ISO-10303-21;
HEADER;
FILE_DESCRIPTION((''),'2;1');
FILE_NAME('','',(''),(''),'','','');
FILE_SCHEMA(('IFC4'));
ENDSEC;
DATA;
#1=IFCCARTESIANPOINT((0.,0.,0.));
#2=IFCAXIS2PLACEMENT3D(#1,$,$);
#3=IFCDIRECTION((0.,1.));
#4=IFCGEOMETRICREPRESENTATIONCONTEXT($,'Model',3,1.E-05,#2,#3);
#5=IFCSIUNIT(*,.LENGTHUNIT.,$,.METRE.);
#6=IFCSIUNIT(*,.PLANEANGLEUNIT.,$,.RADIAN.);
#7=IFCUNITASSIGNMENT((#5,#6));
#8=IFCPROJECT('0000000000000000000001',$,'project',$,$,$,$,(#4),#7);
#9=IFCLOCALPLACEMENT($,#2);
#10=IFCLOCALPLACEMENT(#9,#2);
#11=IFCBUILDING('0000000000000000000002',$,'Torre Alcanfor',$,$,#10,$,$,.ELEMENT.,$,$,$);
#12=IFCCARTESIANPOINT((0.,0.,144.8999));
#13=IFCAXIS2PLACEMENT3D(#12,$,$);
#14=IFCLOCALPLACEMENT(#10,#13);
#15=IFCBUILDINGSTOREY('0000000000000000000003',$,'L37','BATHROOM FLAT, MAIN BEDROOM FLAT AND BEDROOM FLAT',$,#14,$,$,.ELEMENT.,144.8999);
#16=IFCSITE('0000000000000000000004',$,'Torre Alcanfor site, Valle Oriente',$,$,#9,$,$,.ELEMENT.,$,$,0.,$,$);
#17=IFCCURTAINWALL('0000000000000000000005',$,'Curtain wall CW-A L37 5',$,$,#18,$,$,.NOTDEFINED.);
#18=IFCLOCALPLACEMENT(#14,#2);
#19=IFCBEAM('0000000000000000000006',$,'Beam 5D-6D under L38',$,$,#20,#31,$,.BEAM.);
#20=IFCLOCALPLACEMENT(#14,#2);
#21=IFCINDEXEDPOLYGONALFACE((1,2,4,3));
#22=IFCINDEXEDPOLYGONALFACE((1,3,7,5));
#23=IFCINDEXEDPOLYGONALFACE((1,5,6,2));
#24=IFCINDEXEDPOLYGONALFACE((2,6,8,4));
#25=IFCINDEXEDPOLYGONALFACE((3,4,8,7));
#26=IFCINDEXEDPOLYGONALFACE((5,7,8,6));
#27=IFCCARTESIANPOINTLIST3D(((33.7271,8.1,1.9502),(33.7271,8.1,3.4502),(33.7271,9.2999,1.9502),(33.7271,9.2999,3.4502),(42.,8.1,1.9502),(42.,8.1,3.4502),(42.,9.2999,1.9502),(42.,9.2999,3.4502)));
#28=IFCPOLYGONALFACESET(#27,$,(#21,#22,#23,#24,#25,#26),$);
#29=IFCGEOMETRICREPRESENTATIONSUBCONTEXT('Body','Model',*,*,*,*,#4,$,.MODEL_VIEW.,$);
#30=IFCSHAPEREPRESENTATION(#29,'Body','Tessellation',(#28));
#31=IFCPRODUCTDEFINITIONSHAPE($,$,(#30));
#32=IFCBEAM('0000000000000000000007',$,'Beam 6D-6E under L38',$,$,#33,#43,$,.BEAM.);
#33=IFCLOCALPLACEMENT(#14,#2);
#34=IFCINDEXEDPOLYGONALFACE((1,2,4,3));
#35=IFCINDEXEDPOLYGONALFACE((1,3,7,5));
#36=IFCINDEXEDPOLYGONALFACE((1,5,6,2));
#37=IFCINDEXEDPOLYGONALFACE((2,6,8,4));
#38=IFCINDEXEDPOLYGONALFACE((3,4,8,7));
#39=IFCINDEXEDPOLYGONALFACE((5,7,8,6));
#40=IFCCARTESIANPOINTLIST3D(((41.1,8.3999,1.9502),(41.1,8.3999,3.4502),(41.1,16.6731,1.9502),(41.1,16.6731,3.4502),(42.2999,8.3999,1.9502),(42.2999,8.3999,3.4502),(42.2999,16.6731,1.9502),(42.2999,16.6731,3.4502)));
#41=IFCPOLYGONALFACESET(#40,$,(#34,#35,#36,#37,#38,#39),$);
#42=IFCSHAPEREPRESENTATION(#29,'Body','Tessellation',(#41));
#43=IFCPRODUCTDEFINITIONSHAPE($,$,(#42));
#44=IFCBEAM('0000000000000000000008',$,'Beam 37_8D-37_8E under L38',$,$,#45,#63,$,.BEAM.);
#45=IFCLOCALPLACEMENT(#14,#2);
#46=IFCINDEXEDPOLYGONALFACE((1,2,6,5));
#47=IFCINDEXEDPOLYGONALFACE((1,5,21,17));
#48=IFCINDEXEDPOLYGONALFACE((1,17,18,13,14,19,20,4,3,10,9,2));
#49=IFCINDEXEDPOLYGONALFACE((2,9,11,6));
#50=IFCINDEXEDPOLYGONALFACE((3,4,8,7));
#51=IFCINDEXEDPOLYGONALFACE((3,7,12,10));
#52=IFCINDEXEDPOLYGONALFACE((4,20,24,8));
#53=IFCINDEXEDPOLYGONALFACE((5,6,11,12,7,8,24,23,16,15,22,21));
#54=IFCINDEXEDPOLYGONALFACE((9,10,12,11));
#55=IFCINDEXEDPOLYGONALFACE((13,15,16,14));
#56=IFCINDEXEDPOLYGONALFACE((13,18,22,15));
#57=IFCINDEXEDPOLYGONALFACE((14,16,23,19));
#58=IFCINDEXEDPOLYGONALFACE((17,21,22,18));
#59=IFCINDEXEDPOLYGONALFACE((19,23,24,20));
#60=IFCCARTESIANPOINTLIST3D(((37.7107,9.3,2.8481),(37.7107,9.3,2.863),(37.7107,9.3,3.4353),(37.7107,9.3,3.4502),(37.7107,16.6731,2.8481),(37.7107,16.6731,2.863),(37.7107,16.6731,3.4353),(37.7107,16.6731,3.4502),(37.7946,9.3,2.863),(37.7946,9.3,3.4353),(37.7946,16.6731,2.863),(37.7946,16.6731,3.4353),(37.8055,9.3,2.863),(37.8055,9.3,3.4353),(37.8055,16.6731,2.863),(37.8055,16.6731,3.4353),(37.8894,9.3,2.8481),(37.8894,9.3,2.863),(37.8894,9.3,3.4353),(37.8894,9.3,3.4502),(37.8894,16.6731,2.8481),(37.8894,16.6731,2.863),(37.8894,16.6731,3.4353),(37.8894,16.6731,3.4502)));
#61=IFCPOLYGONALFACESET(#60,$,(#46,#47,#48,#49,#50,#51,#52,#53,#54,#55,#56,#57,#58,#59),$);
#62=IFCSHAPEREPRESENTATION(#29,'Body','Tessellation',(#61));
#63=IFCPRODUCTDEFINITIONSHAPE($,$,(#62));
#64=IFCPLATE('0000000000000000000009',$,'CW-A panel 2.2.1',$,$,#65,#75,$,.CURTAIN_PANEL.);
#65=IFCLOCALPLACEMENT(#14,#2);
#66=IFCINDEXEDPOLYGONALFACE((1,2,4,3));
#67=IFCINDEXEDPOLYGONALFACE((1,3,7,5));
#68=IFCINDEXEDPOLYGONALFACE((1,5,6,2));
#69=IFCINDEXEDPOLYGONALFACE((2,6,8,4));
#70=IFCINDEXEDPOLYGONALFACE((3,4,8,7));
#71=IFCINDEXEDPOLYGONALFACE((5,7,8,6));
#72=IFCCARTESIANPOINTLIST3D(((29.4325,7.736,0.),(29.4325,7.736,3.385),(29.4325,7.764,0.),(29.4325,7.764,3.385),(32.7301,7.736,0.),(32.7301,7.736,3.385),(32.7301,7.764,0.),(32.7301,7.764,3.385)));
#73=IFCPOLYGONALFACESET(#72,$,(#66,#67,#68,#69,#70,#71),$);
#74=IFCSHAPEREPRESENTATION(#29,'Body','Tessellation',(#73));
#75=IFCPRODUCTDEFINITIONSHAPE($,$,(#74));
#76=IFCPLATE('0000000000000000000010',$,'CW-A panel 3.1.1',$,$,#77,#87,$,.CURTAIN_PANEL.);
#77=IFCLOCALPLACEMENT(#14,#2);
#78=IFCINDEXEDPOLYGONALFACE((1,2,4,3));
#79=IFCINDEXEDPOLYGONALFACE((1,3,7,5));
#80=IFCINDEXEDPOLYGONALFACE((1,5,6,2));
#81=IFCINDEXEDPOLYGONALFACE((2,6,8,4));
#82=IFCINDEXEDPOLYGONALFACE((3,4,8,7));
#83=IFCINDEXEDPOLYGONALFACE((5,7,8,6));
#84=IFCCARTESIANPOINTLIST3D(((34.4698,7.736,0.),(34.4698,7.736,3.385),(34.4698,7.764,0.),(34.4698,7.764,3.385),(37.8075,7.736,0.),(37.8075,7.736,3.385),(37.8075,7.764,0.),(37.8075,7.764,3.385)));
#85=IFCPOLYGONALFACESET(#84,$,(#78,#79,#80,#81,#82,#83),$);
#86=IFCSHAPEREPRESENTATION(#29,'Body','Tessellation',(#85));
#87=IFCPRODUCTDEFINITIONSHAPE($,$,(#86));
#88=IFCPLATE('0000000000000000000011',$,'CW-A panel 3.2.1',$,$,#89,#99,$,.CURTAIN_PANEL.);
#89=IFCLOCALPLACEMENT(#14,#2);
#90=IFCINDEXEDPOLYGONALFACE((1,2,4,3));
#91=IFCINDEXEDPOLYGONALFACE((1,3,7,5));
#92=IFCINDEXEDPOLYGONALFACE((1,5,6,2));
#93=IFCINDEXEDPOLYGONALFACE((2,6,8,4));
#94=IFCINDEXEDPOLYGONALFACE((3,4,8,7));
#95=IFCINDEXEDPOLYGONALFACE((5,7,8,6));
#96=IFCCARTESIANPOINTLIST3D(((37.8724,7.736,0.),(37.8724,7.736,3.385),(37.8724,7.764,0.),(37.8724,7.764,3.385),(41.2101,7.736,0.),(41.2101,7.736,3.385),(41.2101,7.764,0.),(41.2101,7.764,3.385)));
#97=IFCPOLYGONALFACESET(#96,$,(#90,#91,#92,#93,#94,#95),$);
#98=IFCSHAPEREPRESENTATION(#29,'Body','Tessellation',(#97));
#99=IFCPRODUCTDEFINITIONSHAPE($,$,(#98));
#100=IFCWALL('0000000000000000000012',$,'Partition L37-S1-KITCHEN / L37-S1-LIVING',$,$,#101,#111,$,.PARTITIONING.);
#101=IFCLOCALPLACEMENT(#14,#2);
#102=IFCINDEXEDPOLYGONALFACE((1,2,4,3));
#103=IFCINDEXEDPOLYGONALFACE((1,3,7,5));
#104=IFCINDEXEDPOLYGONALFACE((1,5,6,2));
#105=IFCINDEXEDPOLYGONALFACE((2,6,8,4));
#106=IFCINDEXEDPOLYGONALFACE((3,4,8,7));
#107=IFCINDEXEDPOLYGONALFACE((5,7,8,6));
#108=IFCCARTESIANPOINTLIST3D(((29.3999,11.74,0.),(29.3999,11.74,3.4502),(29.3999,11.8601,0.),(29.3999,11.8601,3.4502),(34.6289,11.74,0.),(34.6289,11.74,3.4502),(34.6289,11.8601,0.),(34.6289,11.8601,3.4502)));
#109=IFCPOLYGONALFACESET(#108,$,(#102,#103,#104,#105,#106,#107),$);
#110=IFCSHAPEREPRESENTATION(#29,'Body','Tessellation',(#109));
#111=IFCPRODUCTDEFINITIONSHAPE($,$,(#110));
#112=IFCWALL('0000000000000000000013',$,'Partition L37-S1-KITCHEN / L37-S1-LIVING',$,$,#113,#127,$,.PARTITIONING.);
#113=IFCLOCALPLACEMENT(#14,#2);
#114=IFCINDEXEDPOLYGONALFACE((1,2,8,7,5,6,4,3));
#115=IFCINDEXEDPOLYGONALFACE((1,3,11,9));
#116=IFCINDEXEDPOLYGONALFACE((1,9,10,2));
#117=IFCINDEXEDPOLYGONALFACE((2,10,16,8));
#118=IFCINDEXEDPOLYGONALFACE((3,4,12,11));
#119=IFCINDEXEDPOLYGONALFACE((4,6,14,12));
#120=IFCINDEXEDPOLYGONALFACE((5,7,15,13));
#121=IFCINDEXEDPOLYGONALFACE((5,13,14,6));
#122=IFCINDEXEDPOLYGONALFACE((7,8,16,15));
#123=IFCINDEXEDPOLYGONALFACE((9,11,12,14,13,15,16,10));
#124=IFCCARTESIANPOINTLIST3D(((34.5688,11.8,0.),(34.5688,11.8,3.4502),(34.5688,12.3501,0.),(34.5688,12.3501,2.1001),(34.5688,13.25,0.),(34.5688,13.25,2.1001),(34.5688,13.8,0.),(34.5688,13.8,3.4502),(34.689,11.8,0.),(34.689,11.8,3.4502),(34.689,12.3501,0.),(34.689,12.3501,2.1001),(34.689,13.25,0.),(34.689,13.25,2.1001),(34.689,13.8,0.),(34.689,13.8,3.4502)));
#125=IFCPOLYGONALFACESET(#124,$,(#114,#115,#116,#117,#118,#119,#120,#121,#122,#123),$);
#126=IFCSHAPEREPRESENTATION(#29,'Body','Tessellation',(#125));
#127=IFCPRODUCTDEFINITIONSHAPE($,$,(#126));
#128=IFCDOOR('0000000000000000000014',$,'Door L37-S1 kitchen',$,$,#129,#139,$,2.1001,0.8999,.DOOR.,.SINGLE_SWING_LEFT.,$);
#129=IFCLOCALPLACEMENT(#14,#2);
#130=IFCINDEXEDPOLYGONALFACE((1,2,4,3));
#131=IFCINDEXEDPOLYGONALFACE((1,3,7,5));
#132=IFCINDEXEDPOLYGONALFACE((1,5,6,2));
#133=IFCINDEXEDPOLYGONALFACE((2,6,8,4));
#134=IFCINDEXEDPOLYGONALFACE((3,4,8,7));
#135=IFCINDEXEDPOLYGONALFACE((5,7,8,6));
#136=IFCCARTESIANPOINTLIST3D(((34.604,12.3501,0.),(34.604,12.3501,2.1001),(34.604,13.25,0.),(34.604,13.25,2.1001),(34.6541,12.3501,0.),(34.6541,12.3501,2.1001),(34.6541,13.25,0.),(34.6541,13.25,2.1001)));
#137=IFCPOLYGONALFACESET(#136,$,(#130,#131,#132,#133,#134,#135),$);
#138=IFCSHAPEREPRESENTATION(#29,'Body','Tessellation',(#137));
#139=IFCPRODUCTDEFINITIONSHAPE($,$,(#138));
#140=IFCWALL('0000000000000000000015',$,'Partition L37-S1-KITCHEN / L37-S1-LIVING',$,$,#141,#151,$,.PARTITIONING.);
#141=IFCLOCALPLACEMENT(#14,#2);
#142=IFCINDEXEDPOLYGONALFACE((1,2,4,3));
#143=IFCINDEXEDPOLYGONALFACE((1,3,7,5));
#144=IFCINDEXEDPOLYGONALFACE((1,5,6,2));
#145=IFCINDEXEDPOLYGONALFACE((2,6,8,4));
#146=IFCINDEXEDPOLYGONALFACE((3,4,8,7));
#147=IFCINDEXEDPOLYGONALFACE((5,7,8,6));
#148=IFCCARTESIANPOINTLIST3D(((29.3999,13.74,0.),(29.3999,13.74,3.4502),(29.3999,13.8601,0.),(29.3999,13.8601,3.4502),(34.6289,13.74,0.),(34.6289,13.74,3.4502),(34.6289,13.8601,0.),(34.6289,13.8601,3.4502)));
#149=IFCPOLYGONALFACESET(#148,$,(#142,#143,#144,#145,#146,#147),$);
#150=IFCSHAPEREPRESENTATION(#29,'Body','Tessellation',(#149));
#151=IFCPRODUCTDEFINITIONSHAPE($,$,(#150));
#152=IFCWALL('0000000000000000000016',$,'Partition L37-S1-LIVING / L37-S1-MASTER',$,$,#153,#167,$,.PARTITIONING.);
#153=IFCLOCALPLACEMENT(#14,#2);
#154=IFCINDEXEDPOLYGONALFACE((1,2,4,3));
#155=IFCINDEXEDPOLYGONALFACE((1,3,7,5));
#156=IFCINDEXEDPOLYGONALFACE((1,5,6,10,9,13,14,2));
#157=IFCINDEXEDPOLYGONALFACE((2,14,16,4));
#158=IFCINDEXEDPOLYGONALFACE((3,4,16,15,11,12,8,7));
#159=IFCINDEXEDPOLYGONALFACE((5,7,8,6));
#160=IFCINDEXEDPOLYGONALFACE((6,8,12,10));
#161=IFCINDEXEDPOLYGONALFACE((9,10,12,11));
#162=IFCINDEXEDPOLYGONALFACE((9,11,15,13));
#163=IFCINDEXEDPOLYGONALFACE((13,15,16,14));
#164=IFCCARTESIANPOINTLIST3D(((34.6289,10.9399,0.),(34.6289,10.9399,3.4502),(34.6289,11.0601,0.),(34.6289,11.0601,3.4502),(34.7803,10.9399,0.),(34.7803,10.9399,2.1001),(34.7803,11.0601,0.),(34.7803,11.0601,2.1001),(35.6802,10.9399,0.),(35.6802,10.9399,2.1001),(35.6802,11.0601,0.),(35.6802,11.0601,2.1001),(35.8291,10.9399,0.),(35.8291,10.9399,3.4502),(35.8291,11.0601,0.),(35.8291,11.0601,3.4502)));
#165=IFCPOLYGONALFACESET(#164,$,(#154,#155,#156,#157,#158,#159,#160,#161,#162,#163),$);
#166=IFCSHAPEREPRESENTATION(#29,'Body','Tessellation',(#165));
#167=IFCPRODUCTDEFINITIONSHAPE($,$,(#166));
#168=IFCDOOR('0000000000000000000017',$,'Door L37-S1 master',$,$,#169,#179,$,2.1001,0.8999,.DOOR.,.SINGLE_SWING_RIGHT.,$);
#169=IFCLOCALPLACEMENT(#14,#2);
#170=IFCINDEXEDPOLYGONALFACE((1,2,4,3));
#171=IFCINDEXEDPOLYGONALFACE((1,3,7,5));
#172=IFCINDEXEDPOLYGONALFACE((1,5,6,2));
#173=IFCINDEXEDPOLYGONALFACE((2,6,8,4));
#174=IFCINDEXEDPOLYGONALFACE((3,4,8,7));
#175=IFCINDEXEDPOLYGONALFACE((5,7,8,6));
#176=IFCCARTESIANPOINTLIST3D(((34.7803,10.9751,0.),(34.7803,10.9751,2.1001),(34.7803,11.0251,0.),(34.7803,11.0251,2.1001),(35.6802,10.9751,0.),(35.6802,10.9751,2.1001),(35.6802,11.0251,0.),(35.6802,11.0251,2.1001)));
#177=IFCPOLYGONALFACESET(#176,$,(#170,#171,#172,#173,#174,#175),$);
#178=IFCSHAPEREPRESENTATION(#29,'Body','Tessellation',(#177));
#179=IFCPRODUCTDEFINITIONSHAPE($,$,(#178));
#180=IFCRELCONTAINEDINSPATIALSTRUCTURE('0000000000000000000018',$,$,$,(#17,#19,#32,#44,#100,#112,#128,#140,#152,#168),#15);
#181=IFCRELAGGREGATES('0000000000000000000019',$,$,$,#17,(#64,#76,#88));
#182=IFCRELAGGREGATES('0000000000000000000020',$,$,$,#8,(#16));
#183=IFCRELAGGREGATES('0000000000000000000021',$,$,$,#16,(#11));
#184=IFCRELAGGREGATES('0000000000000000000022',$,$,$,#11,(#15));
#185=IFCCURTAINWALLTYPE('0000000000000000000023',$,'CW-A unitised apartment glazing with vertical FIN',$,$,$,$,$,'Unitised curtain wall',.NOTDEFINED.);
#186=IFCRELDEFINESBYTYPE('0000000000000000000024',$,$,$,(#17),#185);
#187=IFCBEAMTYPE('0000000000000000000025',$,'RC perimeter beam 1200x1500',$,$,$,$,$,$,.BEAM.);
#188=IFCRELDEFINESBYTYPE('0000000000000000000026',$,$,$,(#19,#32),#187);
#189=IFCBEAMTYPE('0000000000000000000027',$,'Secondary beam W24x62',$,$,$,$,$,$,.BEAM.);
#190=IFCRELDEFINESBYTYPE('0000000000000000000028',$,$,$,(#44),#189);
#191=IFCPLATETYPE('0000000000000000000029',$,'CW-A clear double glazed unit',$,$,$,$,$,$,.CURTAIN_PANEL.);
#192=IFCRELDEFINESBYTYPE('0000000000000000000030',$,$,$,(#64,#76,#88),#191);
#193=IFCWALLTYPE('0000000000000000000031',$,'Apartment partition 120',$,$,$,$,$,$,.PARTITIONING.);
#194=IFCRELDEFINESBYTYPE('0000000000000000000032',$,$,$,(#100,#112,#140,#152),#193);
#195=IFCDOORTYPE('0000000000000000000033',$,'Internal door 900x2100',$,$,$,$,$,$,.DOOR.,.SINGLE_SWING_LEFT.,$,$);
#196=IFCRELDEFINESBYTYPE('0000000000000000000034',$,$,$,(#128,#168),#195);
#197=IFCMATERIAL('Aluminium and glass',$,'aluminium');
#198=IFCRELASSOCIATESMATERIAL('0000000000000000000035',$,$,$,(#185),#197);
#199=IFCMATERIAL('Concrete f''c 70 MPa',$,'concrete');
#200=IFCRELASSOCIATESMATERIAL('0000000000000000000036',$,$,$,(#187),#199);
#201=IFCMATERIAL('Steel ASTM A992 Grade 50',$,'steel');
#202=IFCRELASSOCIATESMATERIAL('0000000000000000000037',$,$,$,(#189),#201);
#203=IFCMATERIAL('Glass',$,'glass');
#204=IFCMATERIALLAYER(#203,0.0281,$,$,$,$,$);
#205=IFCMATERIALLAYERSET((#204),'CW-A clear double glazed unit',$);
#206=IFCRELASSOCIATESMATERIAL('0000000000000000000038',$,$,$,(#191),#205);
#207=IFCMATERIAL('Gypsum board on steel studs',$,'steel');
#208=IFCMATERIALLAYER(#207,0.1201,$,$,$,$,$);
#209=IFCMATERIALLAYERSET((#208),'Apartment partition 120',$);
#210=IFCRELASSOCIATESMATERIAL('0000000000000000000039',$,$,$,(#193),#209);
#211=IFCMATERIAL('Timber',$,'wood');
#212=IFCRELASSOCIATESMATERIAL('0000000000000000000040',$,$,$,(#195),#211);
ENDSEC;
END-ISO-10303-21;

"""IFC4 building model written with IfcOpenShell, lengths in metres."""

from ifc_helpers import new_model, si_unit, direction, frame, frame_2d, origin, origin_2d, place, context, subcontext, project, spatial, rectangle, i_section, extrude, material, layer, layer_set, material_profile, profile_set, type_object, element, fill, aggregate, save


model = new_model("IFC4")

# Units and contexts
model_context = context("Model", 3, precision=1e-05, world=origin(), true_north=direction((0.0, 1.0)))
body_context = subcontext(model_context, "Body", "Model", "MODEL_VIEW")
ifc_project = project(units=[si_unit("LENGTHUNIT", "METRE"), si_unit("PLANEANGLEUNIT", "RADIAN")], contexts=[model_context])

# Site, building, storey
site_placement = place(None, origin())
site = spatial("IfcSite", under=ifc_project, at=site_placement, Name="Torre Alcanfor site, Valle Oriente", CompositionType="ELEMENT", RefElevation=0.0)
building_placement = place(site_placement, origin())
building = spatial("IfcBuilding", under=site, at=building_placement, Name="Torre Alcanfor", CompositionType="ELEMENT")
storey_placement = place(building_placement, frame((0.0, 0.0, 144.8999)))
storey = spatial("IfcBuildingStorey", under=building, at=storey_placement, Name="L37", Description="BATHROOM FLAT, MAIN BEDROOM FLAT AND BEDROOM FLAT", CompositionType="ELEMENT", Elevation=144.8999)

# Curtain wall
ifc_material_1 = material(Name="Aluminium and glass", Category="aluminium")
curtain_wall_type = type_object("IfcCurtainWallType", Name="CW-A unitised apartment glazing with vertical FIN", ElementType="Unitised curtain wall", PredefinedType="NOTDEFINED", material=ifc_material_1)
curtain_wall_placement = place(storey_placement, origin())
curtain_wall = element("IfcCurtainWall", 1, at=curtain_wall_placement, inside=storey, type_object=curtain_wall_type, Name="Curtain wall CW-A L37 5", PredefinedType="NOTDEFINED")

# Beams
ifc_material_2 = material(Name="Concrete f'c 70 MPa", Category="concrete")
ifc_material_profile_1 = material_profile(ifc_material_2, rectangle(XDim=1.2, YDim=1.5, at=origin_2d()), Name="1200x1500")
ifc_profile_set_1 = profile_set([ifc_material_profile_1], Name="Concrete f'c 70 MPa")
beam_type_1 = type_object("IfcBeamType", Name="RC perimeter beam 1200x1500", PredefinedType="BEAM", material=ifc_profile_set_1)
beam_1_placement = place(storey_placement, frame((33.7271, 8.7, 2.7002), z_axis=(1.0, 0.0, 0.0), x_axis=(0.0, 1.0, 0.0)))
element("IfcBeam", 2, at=beam_1_placement, inside=storey, type_object=beam_type_1, Name="Beam 5D-6D under L38", PredefinedType="BEAM", context=body_context, shape_type="SweptSolid", body=[
    extrude(rectangle(XDim=1.2, YDim=1.5, at=origin_2d()), origin(), (0.0, 0.0, 1.0), 8.2729),
])
beam_2_placement = place(storey_placement, frame((41.7, 8.3999, 2.7002), z_axis=(0.0, 1.0, 0.0), x_axis=(-1.0, 0.0, 0.0)))
element("IfcBeam", 3, at=beam_2_placement, inside=storey, type_object=beam_type_1, Name="Beam 6D-6E under L38", PredefinedType="BEAM", context=body_context, shape_type="SweptSolid", body=[
    extrude(rectangle(XDim=1.2, YDim=1.5, at=origin_2d()), origin(), (0.0, 0.0, 1.0), 8.2732),
])
ifc_material_3 = material(Name="Steel ASTM A992 Grade 50", Category="steel")
ifc_material_profile_2 = material_profile(ifc_material_3, i_section(OverallWidth=0.1787, OverallDepth=0.6021, WebThickness=0.011, FlangeThickness=0.0149, at=origin_2d()), Name="W24x62")
ifc_profile_set_2 = profile_set([ifc_material_profile_2], Name="Steel ASTM A992 Grade 50")
beam_type_2 = type_object("IfcBeamType", Name="Secondary beam W24x62", PredefinedType="BEAM", material=ifc_profile_set_2)
beam_3_placement = place(storey_placement, frame((37.8, 9.3, 3.1492), z_axis=(0.0, 1.0, 0.0), x_axis=(-1.0, 0.0, 0.0)))
element("IfcBeam", 4, at=beam_3_placement, inside=storey, type_object=beam_type_2, Name="Beam 37_8D-37_8E under L38", PredefinedType="BEAM", context=body_context, shape_type="SweptSolid", body=[
    extrude(i_section(OverallWidth=0.1787, OverallDepth=0.6021, WebThickness=0.011, FlangeThickness=0.0149, at=origin_2d()), origin(), (0.0, 0.0, 1.0), 7.373),
])

# Plates
ifc_material_4 = material(Name="Glass", Category="glass")
ifc_layer_1 = layer(ifc_material_4, 0.0281)
ifc_layer_set_1 = layer_set([ifc_layer_1], Name="CW-A clear double glazed unit")
plate_type = type_object("IfcPlateType", Name="CW-A clear double glazed unit", PredefinedType="CURTAIN_PANEL", material=ifc_layer_set_1)
plate_1_placement = place(storey_placement, frame((31.0813, 7.75, 0.0), z_axis=(0.0, 0.0, 1.0), x_axis=(1.0, 0.0, 0.0)))
plate_1 = element("IfcPlate", 5, at=plate_1_placement, type_object=plate_type, Name="CW-A panel 2.2.1", PredefinedType="CURTAIN_PANEL", context=body_context, shape_type="SweptSolid", body=[
    extrude(rectangle(XDim=3.2976, YDim=0.0281, at=origin_2d()), origin(), (0.0, 0.0, 1.0), 3.385),
])
plate_2_placement = place(storey_placement, frame((36.1387, 7.75, 0.0), z_axis=(0.0, 0.0, 1.0), x_axis=(1.0, 0.0, 0.0)))
plate_2 = element("IfcPlate", 6, at=plate_2_placement, type_object=plate_type, Name="CW-A panel 3.1.1", PredefinedType="CURTAIN_PANEL", context=body_context, shape_type="SweptSolid", body=[
    extrude(rectangle(XDim=3.3376, YDim=0.0281, at=origin_2d()), origin(), (0.0, 0.0, 1.0), 3.385),
])
plate_3_placement = place(storey_placement, frame((39.5413, 7.75, 0.0), z_axis=(0.0, 0.0, 1.0), x_axis=(1.0, 0.0, 0.0)))
plate_3 = element("IfcPlate", 7, at=plate_3_placement, type_object=plate_type, Name="CW-A panel 3.2.1", PredefinedType="CURTAIN_PANEL", context=body_context, shape_type="SweptSolid", body=[
    extrude(rectangle(XDim=3.3376, YDim=0.0281, at=origin_2d()), origin(), (0.0, 0.0, 1.0), 3.385),
])
aggregate(curtain_wall, [plate_1, plate_2, plate_3])

# Wall
ifc_material_5 = material(Name="Gypsum board on steel studs", Category="steel")
ifc_layer_2 = layer(ifc_material_5, 0.1201)
ifc_layer_set_2 = layer_set([ifc_layer_2], Name="Apartment partition 120")
wall_type_1 = type_object("IfcWallType", Name="Apartment partition 120", PredefinedType="PARTITIONING", material=ifc_layer_set_2)
wall_1_placement = place(storey_placement, frame((29.3999, 11.8, 0.0), z_axis=(0.0, 0.0, 1.0), x_axis=(1.0, 0.0, 0.0)))
element("IfcWall", 8, at=wall_1_placement, inside=storey, type_object=wall_type_1, Name="Partition L37-S1-KITCHEN / L37-S1-LIVING", PredefinedType="PARTITIONING", context=body_context, shape_type="SweptSolid", body=[
    extrude(rectangle(XDim=5.229, YDim=0.1201, at=frame_2d((2.6145, 0.0))), origin(), (0.0, 0.0, 1.0), 3.4502),
])

# Wall, opening, door
wall_2_placement = place(storey_placement, frame((34.6289, 11.8, 0.0), z_axis=(0.0, 0.0, 1.0), x_axis=(0.0, 1.0, 0.0)))
wall_2 = element("IfcWall", 9, at=wall_2_placement, inside=storey, type_object=wall_type_1, Name="Partition L37-S1-KITCHEN / L37-S1-LIVING", PredefinedType="PARTITIONING", context=body_context, shape_type="SweptSolid", body=[
    extrude(rectangle(XDim=2.0, YDim=0.1201, at=frame_2d((1.0, 0.0))), origin(), (0.0, 0.0, 1.0), 3.4502),
])
opening_1_placement = place(wall_2_placement, frame((0.55, 0.0, 0.0)))
opening_1 = element("IfcOpeningElement", 10, at=opening_1_placement, cuts=wall_2, PredefinedType="OPENING", context=body_context, shape_type="SweptSolid", body=[
    extrude(rectangle(XDim=0.8999, YDim=2.1001, at=frame_2d((0.45, 1.05))), frame((0.0, 0.0701, 0.0), z_axis=(0.0, -1.0, 0.0), x_axis=(1.0, 0.0, 0.0)), (0.0, 0.0, 1.0), 0.1401),
])
ifc_material_6 = material(Name="Timber", Category="wood")
door_type = type_object("IfcDoorType", Name="Internal door 900x2100", OperationType="SINGLE_SWING_LEFT", PredefinedType="DOOR", material=ifc_material_6)
door_1_placement = place(opening_1_placement, origin())
door_1 = element("IfcDoor", 11, at=door_1_placement, inside=storey, type_object=door_type, Name="Door L37-S1 kitchen", OperationType="SINGLE_SWING_LEFT", OverallHeight=2.1001, OverallWidth=0.8999, PredefinedType="DOOR", context=body_context, shape_type="SweptSolid", body=[
    extrude(rectangle(XDim=0.8999, YDim=2.1001, at=frame_2d((0.45, 1.05))), frame((0.0, 0.0249, 0.0), z_axis=(0.0, -1.0, 0.0), x_axis=(1.0, 0.0, 0.0)), (0.0, 0.0, 1.0), 0.05),
])
fill(opening_1, door_1)

# Wall
wall_3_placement = place(storey_placement, frame((34.6289, 13.8, 0.0), z_axis=(0.0, 0.0, 1.0), x_axis=(-1.0, 0.0, 0.0)))
element("IfcWall", 12, at=wall_3_placement, inside=storey, type_object=wall_type_1, Name="Partition L37-S1-KITCHEN / L37-S1-LIVING", PredefinedType="PARTITIONING", context=body_context, shape_type="SweptSolid", body=[
    extrude(rectangle(XDim=5.229, YDim=0.1201, at=frame_2d((2.6145, 0.0))), origin(), (0.0, 0.0, 1.0), 3.4502),
])

# Wall, opening, door
wall_4_placement = place(storey_placement, frame((35.8291, 11.0, 0.0), z_axis=(0.0, 0.0, 1.0), x_axis=(-1.0, 0.0, 0.0)))
wall_4 = element("IfcWall", 13, at=wall_4_placement, inside=storey, type_object=wall_type_1, Name="Partition L37-S1-LIVING / L37-S1-MASTER", PredefinedType="PARTITIONING", context=body_context, shape_type="SweptSolid", body=[
    extrude(rectangle(XDim=1.2002, YDim=0.1201, at=frame_2d((0.6001, 0.0))), origin(), (0.0, 0.0, 1.0), 3.4502),
])
opening_2_placement = place(wall_4_placement, frame((0.1489, 0.0, 0.0)))
opening_2 = element("IfcOpeningElement", 14, at=opening_2_placement, cuts=wall_4, PredefinedType="OPENING", context=body_context, shape_type="SweptSolid", body=[
    extrude(rectangle(XDim=0.8999, YDim=2.1001, at=frame_2d((0.45, 1.05))), frame((0.0, 0.0701, 0.0), z_axis=(0.0, -1.0, 0.0), x_axis=(1.0, 0.0, 0.0)), (0.0, 0.0, 1.0), 0.1401),
])
door_2_placement = place(opening_2_placement, origin())
door_2 = element("IfcDoor", 15, at=door_2_placement, inside=storey, type_object=door_type, Name="Door L37-S1 master", OperationType="SINGLE_SWING_RIGHT", OverallHeight=2.1001, OverallWidth=0.8999, PredefinedType="DOOR", context=body_context, shape_type="SweptSolid", body=[
    extrude(rectangle(XDim=0.8999, YDim=2.1001, at=frame_2d((0.45, 1.05))), frame((0.0, 0.0249, 0.0), z_axis=(0.0, -1.0, 0.0), x_axis=(1.0, 0.0, 0.0)), (0.0, 0.0, 1.0), 0.05),
])
fill(opening_2, door_2)

save(model, "model.ifc")
